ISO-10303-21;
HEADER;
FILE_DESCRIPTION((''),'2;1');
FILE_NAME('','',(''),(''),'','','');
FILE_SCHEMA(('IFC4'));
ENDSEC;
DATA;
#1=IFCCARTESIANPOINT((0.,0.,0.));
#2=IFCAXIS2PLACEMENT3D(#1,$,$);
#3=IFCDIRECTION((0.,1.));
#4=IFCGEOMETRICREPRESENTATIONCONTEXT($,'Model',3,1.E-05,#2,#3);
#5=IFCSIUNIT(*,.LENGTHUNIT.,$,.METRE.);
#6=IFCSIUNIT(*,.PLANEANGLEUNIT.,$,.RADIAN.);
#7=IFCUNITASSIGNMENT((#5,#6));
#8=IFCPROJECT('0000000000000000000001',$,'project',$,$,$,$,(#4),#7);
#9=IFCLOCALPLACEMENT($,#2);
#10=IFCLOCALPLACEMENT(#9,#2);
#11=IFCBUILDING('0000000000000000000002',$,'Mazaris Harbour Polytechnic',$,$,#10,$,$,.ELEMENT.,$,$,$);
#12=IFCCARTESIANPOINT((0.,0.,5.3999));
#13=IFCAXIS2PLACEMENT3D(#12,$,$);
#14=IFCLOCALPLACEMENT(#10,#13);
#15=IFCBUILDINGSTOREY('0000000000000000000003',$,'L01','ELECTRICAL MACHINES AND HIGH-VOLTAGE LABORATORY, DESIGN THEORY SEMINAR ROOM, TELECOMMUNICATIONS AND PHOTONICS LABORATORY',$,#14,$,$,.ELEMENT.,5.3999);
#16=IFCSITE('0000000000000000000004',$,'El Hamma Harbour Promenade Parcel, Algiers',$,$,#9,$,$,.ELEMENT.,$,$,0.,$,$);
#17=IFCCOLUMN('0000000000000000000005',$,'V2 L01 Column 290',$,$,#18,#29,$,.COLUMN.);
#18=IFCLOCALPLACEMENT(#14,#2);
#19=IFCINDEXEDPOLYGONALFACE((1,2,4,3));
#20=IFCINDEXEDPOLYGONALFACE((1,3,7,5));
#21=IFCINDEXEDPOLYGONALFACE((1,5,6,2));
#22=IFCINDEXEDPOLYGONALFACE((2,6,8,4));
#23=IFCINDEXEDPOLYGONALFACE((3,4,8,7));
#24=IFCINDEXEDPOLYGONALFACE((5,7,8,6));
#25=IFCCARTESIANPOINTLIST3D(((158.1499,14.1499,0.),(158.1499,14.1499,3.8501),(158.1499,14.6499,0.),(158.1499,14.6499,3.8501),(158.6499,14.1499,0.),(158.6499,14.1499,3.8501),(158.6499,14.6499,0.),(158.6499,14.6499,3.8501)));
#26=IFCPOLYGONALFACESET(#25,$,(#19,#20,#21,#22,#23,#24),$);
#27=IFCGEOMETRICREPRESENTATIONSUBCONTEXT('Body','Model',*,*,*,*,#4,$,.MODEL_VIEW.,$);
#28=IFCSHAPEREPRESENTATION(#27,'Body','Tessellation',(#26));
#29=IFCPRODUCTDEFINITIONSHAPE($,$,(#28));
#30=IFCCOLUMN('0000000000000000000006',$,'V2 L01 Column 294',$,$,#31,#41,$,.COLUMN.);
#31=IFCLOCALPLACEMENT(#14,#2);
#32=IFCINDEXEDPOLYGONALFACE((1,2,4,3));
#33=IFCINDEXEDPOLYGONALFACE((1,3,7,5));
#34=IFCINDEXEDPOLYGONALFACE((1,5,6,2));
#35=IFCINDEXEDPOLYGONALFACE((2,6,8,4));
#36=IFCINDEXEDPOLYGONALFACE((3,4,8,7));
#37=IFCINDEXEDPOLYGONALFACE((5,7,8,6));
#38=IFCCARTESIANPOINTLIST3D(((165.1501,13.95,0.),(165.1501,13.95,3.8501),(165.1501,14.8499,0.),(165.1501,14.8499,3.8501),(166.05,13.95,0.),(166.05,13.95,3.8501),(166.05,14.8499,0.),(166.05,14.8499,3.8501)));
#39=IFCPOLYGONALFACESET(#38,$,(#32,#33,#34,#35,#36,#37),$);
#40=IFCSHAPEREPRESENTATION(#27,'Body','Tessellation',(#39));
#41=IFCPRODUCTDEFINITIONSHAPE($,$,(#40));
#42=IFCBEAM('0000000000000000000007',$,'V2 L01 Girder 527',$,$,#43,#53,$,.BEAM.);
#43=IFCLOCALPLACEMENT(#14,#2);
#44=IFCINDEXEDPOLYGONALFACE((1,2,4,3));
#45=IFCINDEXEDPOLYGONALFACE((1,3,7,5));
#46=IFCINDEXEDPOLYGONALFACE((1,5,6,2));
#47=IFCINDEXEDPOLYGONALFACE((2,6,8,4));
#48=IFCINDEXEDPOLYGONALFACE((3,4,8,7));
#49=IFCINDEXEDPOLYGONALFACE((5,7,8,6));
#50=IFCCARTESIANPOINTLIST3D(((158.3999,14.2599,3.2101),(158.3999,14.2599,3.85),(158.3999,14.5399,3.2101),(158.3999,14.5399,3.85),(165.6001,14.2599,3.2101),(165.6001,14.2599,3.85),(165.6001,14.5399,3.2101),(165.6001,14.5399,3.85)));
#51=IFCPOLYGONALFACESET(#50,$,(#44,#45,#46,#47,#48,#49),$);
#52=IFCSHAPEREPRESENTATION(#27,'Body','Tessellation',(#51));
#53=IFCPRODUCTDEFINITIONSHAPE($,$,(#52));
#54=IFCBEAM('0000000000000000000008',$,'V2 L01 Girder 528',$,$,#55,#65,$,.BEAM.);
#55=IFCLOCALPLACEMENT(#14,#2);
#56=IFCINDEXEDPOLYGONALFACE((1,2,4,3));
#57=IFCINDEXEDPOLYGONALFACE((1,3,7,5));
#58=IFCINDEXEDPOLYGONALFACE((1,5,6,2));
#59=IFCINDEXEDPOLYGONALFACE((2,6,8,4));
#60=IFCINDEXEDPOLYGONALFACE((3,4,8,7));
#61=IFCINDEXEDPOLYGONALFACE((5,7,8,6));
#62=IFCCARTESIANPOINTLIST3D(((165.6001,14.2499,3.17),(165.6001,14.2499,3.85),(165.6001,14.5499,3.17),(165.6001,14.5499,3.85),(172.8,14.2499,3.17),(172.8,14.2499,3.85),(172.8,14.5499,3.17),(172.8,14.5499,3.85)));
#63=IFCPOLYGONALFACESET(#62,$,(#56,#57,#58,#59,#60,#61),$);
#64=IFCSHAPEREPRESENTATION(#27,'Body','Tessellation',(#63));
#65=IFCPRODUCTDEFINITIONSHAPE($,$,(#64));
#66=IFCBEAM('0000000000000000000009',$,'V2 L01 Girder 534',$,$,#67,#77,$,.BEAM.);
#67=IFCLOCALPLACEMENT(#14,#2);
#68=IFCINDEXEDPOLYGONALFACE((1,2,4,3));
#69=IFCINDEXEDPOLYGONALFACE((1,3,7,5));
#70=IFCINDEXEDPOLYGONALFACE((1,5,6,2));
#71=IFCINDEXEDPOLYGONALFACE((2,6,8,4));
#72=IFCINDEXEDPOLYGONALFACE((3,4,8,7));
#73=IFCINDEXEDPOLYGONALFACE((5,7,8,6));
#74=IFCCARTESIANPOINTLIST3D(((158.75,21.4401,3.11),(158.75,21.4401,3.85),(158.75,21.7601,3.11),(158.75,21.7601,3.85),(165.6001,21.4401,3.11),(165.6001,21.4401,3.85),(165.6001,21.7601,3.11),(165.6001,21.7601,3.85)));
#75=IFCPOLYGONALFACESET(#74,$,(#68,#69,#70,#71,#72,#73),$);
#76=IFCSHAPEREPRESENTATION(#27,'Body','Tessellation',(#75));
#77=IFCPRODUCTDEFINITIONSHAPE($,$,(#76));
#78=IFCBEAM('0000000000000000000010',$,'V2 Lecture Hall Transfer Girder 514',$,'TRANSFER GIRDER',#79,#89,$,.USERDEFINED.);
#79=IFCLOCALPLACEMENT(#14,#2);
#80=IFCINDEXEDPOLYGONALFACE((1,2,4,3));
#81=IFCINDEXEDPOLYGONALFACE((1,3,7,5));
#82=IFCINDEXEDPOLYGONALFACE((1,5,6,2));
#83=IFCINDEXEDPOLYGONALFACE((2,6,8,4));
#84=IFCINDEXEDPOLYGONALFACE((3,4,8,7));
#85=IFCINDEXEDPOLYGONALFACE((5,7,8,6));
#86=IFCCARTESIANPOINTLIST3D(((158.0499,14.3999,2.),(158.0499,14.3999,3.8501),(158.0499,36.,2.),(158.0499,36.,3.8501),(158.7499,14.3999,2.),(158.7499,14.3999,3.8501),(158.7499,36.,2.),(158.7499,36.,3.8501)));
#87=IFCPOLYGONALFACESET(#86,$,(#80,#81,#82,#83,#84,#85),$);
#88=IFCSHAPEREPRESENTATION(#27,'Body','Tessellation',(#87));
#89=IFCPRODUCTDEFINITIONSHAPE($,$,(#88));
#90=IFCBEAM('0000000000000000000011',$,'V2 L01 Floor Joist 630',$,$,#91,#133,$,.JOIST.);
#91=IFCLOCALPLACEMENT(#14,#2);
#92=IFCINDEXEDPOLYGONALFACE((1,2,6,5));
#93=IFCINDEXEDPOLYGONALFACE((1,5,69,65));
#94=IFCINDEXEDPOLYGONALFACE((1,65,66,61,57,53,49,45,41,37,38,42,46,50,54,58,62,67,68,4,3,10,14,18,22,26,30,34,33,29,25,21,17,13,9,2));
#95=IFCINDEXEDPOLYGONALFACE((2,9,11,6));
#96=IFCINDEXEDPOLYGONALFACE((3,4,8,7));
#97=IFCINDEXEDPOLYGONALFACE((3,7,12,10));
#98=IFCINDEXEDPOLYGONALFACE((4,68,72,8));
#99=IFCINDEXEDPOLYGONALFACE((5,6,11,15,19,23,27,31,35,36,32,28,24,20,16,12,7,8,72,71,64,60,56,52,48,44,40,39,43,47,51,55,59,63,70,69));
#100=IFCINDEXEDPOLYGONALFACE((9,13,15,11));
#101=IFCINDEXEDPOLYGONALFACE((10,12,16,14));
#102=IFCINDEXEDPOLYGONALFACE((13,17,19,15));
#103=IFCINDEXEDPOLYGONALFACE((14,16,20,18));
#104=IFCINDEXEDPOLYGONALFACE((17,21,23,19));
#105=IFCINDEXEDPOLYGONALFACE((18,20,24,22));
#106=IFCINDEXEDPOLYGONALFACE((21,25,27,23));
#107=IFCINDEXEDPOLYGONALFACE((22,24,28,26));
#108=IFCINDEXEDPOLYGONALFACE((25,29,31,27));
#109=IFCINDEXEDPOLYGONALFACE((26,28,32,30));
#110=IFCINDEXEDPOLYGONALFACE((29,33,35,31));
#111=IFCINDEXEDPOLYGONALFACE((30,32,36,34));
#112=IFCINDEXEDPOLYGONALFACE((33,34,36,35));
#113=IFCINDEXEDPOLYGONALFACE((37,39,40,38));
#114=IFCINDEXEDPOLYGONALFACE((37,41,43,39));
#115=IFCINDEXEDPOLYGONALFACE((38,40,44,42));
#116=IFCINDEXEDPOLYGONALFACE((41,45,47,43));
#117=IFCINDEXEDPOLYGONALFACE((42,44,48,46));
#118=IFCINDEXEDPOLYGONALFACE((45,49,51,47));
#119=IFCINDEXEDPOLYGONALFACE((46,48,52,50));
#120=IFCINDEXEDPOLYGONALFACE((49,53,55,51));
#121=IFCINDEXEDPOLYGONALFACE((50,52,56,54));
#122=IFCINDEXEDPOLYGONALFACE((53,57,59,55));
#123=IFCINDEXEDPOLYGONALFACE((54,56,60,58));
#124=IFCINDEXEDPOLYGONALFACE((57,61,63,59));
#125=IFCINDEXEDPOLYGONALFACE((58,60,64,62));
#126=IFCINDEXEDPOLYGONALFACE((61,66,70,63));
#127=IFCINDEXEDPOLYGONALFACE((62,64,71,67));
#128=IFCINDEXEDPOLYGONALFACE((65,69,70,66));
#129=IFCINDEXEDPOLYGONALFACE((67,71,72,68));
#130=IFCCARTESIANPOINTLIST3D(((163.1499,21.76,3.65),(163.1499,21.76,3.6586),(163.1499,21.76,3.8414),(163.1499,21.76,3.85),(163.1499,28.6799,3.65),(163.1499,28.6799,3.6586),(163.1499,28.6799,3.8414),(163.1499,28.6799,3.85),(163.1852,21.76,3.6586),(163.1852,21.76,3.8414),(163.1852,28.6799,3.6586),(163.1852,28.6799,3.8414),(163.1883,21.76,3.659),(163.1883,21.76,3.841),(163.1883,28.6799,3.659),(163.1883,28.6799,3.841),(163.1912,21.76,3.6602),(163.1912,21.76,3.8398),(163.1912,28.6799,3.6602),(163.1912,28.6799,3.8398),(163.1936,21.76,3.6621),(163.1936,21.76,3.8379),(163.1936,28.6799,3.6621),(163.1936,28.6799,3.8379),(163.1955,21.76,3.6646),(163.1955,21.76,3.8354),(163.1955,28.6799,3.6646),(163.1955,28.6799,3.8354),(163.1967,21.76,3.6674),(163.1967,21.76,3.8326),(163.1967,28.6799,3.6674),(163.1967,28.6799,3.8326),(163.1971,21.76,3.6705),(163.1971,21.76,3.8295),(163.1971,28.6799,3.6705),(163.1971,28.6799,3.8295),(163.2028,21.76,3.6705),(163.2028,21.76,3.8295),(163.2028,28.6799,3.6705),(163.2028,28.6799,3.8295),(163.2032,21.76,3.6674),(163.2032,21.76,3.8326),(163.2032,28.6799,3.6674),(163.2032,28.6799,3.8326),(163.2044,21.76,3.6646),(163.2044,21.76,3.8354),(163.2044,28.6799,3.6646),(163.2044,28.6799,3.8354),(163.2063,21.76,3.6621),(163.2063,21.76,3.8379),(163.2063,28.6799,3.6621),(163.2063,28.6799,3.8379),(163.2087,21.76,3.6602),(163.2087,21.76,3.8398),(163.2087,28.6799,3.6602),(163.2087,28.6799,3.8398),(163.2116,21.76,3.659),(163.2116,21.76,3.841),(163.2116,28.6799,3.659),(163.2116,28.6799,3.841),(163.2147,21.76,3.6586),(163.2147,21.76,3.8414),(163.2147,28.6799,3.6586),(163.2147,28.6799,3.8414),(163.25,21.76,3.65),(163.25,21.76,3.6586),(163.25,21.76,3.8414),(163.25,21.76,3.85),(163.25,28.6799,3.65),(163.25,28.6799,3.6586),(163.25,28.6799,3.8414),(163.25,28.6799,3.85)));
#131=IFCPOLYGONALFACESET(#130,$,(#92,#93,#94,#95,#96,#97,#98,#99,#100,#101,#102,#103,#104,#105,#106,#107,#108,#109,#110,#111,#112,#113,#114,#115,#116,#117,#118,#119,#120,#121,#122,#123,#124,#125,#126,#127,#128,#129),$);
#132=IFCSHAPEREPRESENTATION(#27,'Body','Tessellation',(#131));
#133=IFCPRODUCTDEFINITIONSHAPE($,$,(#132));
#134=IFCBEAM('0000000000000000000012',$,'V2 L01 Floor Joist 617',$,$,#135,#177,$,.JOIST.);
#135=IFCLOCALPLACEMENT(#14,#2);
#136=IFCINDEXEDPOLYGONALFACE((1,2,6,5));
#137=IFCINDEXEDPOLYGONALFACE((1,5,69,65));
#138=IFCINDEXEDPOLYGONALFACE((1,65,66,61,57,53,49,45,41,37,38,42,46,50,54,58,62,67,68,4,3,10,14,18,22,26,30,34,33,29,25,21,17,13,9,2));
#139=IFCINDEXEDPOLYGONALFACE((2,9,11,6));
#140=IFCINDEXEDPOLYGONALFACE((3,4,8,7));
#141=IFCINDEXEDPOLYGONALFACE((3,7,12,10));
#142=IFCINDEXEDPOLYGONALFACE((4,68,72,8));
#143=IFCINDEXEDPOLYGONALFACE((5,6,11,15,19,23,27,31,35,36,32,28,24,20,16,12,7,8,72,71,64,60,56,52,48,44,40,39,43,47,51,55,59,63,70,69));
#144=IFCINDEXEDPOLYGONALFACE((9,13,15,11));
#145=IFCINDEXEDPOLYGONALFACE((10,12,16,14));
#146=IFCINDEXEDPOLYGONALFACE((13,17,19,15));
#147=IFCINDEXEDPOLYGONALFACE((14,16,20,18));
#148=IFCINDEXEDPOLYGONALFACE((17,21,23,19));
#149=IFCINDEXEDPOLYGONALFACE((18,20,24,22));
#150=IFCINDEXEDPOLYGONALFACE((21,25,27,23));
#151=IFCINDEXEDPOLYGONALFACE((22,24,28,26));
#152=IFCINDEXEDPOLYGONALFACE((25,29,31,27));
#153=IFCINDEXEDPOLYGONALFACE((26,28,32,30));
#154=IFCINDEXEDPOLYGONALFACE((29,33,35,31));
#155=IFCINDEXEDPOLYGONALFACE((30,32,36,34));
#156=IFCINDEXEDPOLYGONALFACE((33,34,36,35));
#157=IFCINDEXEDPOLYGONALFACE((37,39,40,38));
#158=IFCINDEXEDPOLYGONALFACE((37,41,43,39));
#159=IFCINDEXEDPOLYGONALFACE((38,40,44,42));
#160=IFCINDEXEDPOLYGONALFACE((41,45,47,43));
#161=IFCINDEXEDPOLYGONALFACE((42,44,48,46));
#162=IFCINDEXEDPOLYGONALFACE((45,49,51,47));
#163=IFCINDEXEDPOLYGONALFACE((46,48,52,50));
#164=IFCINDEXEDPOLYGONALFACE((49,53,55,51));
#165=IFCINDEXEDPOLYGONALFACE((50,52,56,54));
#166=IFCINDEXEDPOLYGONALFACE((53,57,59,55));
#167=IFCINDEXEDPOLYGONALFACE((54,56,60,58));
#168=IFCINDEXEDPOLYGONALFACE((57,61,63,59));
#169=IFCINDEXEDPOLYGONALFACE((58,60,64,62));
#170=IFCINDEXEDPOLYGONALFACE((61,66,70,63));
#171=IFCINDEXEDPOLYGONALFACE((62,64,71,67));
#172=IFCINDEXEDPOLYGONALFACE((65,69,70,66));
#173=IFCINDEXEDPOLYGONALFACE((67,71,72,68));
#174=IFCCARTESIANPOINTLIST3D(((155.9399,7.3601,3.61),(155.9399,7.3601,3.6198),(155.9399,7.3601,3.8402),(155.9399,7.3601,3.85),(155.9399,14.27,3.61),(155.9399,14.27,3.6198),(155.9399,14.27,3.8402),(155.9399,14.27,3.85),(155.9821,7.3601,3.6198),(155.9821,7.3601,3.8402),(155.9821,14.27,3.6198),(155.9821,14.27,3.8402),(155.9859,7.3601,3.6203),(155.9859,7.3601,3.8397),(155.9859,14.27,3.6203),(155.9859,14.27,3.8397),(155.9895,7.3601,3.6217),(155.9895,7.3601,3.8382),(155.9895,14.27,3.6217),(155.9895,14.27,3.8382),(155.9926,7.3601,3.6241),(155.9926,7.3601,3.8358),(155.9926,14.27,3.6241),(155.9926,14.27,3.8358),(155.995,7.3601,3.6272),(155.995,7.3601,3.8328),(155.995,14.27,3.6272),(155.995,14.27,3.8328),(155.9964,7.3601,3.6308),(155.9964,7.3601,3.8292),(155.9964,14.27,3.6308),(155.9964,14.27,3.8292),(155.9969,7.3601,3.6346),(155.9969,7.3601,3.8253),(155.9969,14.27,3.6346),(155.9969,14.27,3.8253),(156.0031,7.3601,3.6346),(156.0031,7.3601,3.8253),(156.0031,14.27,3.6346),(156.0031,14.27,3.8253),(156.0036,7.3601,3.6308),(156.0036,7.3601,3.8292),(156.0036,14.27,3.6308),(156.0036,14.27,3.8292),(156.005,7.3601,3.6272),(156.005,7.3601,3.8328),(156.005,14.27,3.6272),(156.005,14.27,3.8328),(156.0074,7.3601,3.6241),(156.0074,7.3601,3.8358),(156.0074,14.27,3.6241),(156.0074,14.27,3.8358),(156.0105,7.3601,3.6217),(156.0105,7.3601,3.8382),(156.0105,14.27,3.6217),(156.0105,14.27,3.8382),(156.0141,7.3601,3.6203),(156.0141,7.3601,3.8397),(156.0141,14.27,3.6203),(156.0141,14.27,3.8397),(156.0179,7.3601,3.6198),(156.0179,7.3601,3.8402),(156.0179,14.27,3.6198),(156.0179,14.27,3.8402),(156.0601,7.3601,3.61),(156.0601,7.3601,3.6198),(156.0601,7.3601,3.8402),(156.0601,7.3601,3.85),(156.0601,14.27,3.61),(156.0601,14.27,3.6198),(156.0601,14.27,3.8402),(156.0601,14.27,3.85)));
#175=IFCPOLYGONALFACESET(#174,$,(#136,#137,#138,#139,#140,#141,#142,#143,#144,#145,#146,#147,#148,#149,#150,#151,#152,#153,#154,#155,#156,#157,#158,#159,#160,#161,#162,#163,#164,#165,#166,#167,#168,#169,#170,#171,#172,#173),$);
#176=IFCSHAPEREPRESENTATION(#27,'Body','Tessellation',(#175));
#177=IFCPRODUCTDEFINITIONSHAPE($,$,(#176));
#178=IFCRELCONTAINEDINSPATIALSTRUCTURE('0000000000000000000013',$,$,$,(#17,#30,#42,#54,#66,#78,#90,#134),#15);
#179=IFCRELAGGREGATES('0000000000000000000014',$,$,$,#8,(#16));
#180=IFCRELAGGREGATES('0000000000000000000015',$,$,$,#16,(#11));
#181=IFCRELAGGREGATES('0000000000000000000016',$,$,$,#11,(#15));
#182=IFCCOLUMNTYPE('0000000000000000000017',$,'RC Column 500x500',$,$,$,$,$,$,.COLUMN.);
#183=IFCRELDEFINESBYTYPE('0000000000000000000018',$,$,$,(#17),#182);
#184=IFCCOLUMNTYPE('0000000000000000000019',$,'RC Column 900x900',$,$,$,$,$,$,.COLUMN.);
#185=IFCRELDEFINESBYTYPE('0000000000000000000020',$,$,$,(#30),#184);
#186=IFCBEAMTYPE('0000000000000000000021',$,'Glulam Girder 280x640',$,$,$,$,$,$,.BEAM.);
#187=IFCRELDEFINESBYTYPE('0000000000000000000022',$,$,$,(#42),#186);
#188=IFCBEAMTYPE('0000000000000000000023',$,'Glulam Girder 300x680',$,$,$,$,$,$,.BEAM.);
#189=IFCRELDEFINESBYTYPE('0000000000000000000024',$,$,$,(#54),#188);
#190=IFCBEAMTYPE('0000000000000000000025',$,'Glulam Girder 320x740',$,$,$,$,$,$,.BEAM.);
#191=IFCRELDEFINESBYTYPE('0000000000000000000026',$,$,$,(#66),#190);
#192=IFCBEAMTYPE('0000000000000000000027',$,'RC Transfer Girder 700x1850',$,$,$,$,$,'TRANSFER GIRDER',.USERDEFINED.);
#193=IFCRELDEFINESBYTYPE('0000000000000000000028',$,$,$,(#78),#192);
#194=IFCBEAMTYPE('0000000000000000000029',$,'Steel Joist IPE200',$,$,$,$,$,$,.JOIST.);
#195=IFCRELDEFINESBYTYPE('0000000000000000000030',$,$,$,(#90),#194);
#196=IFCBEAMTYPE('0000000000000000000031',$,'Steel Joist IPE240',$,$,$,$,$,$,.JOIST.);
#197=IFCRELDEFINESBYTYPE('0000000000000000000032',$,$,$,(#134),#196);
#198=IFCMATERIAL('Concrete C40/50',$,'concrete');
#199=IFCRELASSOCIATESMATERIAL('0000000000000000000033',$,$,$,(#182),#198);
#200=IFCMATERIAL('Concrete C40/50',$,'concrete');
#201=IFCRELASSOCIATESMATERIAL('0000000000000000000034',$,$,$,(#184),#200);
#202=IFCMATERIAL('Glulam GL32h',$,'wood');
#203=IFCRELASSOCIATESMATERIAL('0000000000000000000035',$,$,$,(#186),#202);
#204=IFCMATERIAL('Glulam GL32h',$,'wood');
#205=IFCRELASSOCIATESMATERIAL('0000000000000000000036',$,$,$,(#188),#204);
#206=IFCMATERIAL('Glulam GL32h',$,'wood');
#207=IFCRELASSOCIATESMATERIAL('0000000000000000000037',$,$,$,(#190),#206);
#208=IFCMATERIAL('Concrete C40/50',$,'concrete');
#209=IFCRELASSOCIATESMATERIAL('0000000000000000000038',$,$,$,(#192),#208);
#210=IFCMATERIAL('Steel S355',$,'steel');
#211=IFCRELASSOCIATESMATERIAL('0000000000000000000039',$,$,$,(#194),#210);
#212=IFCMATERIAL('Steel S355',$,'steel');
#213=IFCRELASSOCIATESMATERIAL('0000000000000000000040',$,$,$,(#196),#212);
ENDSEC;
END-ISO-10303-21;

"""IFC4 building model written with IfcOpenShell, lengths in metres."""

from ifc_helpers import new_model, si_unit, direction, frame, origin, origin_2d, place, context, subcontext, project, spatial, rectangle, i_section, extrude, material, material_profile, profile_set, type_object, element, save


model = new_model("IFC4")

# Units and contexts
model_context = context("Model", 3, precision=1e-05, world=origin(), true_north=direction((0.0, 1.0)))
body_context = subcontext(model_context, "Body", "Model", "MODEL_VIEW")
ifc_project = project(units=[si_unit("LENGTHUNIT", "METRE"), si_unit("PLANEANGLEUNIT", "RADIAN")], contexts=[model_context])

# Site, building, storey
site_placement = place(None, origin())
site = spatial("IfcSite", under=ifc_project, at=site_placement, Name="El Hamma Harbour Promenade Parcel, Algiers", CompositionType="ELEMENT", RefElevation=0.0)
building_placement = place(site_placement, origin())
building = spatial("IfcBuilding", under=site, at=building_placement, Name="Mazaris Harbour Polytechnic", CompositionType="ELEMENT")
storey_placement = place(building_placement, frame((0.0, 0.0, 5.3999)))
storey = spatial("IfcBuildingStorey", under=building, at=storey_placement, Name="L01", Description="ELECTRICAL MACHINES AND HIGH-VOLTAGE LABORATORY, DESIGN THEORY SEMINAR ROOM, TELECOMMUNICATIONS AND PHOTONICS LABORATORY", CompositionType="ELEMENT", Elevation=5.3999)

# Columns
ifc_material_1 = material(Name="Concrete C40/50", Category="concrete")
ifc_material_profile_1 = material_profile(ifc_material_1, rectangle(XDim=0.5, YDim=0.5, at=origin_2d()), Name="RECT500x500")
ifc_profile_set_1 = profile_set([ifc_material_profile_1], Name="Concrete C40/50")
column_type_1 = type_object("IfcColumnType", Name="RC Column 500x500", PredefinedType="COLUMN", material=ifc_profile_set_1)
column_1_placement = place(storey_placement, frame((158.3999, 14.3999, 0.0), z_axis=(0.0, 0.0, 1.0), x_axis=(1.0, 0.0, 0.0)))
element("IfcColumn", 1, at=column_1_placement, inside=storey, type_object=column_type_1, Name="V2 L01 Column 290", PredefinedType="COLUMN", context=body_context, shape_type="SweptSolid", body=[
    extrude(rectangle(XDim=0.5, YDim=0.5, at=origin_2d()), origin(), (0.0, 0.0, 1.0), 3.8501),
])
ifc_material_2 = material(Name="Concrete C40/50", Category="concrete")
ifc_material_profile_2 = material_profile(ifc_material_2, rectangle(XDim=0.8999, YDim=0.8999, at=origin_2d()), Name="RECT900x900")
ifc_profile_set_2 = profile_set([ifc_material_profile_2], Name="Concrete C40/50")
column_type_2 = type_object("IfcColumnType", Name="RC Column 900x900", PredefinedType="COLUMN", material=ifc_profile_set_2)
column_2_placement = place(storey_placement, frame((165.6001, 14.3999, 0.0), z_axis=(0.0, 0.0, 1.0), x_axis=(1.0, 0.0, 0.0)))
element("IfcColumn", 2, at=column_2_placement, inside=storey, type_object=column_type_2, Name="V2 L01 Column 294", PredefinedType="COLUMN", context=body_context, shape_type="SweptSolid", body=[
    extrude(rectangle(XDim=0.8999, YDim=0.8999, at=origin_2d()), origin(), (0.0, 0.0, 1.0), 3.8501),
])

# Beams
ifc_material_3 = material(Name="Glulam GL32h", Category="wood")
ifc_material_profile_3 = material_profile(ifc_material_3, rectangle(XDim=0.28, YDim=0.6399, at=origin_2d()), Name="RECT280x640")
ifc_profile_set_3 = profile_set([ifc_material_profile_3], Name="Glulam GL32h")
beam_type_1 = type_object("IfcBeamType", Name="Glulam Girder 280x640", PredefinedType="BEAM", material=ifc_profile_set_3)
beam_1_placement = place(storey_placement, frame((158.3999, 14.3999, 3.53), z_axis=(1.0, 0.0, 0.0), x_axis=(0.0, 1.0, 0.0)))
element("IfcBeam", 3, at=beam_1_placement, inside=storey, type_object=beam_type_1, Name="V2 L01 Girder 527", PredefinedType="BEAM", context=body_context, shape_type="SweptSolid", body=[
    extrude(rectangle(XDim=0.28, YDim=0.6399, at=origin_2d()), origin(), (0.0, 0.0, 1.0), 7.2002),
])
ifc_material_4 = material(Name="Glulam GL32h", Category="wood")
ifc_material_profile_4 = material_profile(ifc_material_4, rectangle(XDim=0.3, YDim=0.6799, at=origin_2d()), Name="RECT300x680")
ifc_profile_set_4 = profile_set([ifc_material_profile_4], Name="Glulam GL32h")
beam_type_2 = type_object("IfcBeamType", Name="Glulam Girder 300x680", PredefinedType="BEAM", material=ifc_profile_set_4)
beam_2_placement = place(storey_placement, frame((165.6001, 14.3999, 3.51), z_axis=(1.0, 0.0, 0.0), x_axis=(0.0, 1.0, 0.0)))
element("IfcBeam", 4, at=beam_2_placement, inside=storey, type_object=beam_type_2, Name="V2 L01 Girder 528", PredefinedType="BEAM", context=body_context, shape_type="SweptSolid", body=[
    extrude(rectangle(XDim=0.3, YDim=0.6799, at=origin_2d()), origin(), (0.0, 0.0, 1.0), 7.2),
])
ifc_material_5 = material(Name="Glulam GL32h", Category="wood")
ifc_material_profile_5 = material_profile(ifc_material_5, rectangle(XDim=0.3201, YDim=0.74, at=origin_2d()), Name="RECT320x740")
ifc_profile_set_5 = profile_set([ifc_material_profile_5], Name="Glulam GL32h")
beam_type_3 = type_object("IfcBeamType", Name="Glulam Girder 320x740", PredefinedType="BEAM", material=ifc_profile_set_5)
beam_3_placement = place(storey_placement, frame((158.75, 21.6001, 3.48), z_axis=(1.0, 0.0, 0.0), x_axis=(0.0, 1.0, 0.0)))
element("IfcBeam", 5, at=beam_3_placement, inside=storey, type_object=beam_type_3, Name="V2 L01 Girder 534", PredefinedType="BEAM", context=body_context, shape_type="SweptSolid", body=[
    extrude(rectangle(XDim=0.3201, YDim=0.74, at=origin_2d()), origin(), (0.0, 0.0, 1.0), 6.8501),
])
ifc_material_6 = material(Name="Concrete C40/50", Category="concrete")
ifc_material_profile_6 = material_profile(ifc_material_6, rectangle(XDim=0.7, YDim=1.8501, at=origin_2d()), Name="RECT700x1850")
ifc_profile_set_6 = profile_set([ifc_material_profile_6], Name="Concrete C40/50")
beam_type_4 = type_object("IfcBeamType", Name="RC Transfer Girder 700x1850", ElementType="TRANSFER GIRDER", PredefinedType="USERDEFINED", material=ifc_profile_set_6)
beam_4_placement = place(storey_placement, frame((158.3999, 14.3999, 2.925), z_axis=(0.0, 1.0, 0.0), x_axis=(-1.0, 0.0, 0.0)))
element("IfcBeam", 6, at=beam_4_placement, inside=storey, type_object=beam_type_4, Name="V2 Lecture Hall Transfer Girder 514", ObjectType="TRANSFER GIRDER", PredefinedType="USERDEFINED", context=body_context, shape_type="SweptSolid", body=[
    extrude(rectangle(XDim=0.7, YDim=1.8501, at=origin_2d()), origin(), (0.0, 0.0, 1.0), 21.6001),
])
ifc_material_7 = material(Name="Steel S355", Category="steel")
ifc_material_profile_7 = material_profile(ifc_material_7, i_section(OverallWidth=0.1001, OverallDepth=0.2, WebThickness=0.0056, FlangeThickness=0.0085, FilletRadius=0.012, at=origin_2d()), Name="IPE 200")
ifc_profile_set_7 = profile_set([ifc_material_profile_7], Name="Steel S355")
beam_type_5 = type_object("IfcBeamType", Name="Steel Joist IPE200", PredefinedType="JOIST", material=ifc_profile_set_7)
beam_5_placement = place(storey_placement, frame((163.2, 21.76, 3.75), z_axis=(0.0, 1.0, 0.0), x_axis=(-1.0, 0.0, 0.0)))
element("IfcBeam", 7, at=beam_5_placement, inside=storey, type_object=beam_type_5, Name="V2 L01 Floor Joist 630", PredefinedType="JOIST", context=body_context, shape_type="SweptSolid", body=[
    extrude(i_section(OverallWidth=0.1001, OverallDepth=0.2, WebThickness=0.0056, FlangeThickness=0.0085, FilletRadius=0.012, at=origin_2d()), origin(), (0.0, 0.0, 1.0), 6.9199),
])
ifc_material_8 = material(Name="Steel S355", Category="steel")
ifc_material_profile_8 = material_profile(ifc_material_8, i_section(OverallWidth=0.1201, OverallDepth=0.24, WebThickness=0.0061, FlangeThickness=0.0098, FilletRadius=0.0149, at=origin_2d()), Name="IPE 240")
ifc_profile_set_8 = profile_set([ifc_material_profile_8], Name="Steel S355")
beam_type_6 = type_object("IfcBeamType", Name="Steel Joist IPE240", PredefinedType="JOIST", material=ifc_profile_set_8)
beam_6_placement = place(storey_placement, frame((156.0, 7.3601, 3.73), z_axis=(0.0, 1.0, 0.0), x_axis=(-1.0, 0.0, 0.0)))
element("IfcBeam", 8, at=beam_6_placement, inside=storey, type_object=beam_type_6, Name="V2 L01 Floor Joist 617", PredefinedType="JOIST", context=body_context, shape_type="SweptSolid", body=[
    extrude(i_section(OverallWidth=0.1201, OverallDepth=0.24, WebThickness=0.0061, FlangeThickness=0.0098, FilletRadius=0.0149, at=origin_2d()), origin(), (0.0, 0.0, 1.0), 6.9099),
])

save(model, "model.ifc")
